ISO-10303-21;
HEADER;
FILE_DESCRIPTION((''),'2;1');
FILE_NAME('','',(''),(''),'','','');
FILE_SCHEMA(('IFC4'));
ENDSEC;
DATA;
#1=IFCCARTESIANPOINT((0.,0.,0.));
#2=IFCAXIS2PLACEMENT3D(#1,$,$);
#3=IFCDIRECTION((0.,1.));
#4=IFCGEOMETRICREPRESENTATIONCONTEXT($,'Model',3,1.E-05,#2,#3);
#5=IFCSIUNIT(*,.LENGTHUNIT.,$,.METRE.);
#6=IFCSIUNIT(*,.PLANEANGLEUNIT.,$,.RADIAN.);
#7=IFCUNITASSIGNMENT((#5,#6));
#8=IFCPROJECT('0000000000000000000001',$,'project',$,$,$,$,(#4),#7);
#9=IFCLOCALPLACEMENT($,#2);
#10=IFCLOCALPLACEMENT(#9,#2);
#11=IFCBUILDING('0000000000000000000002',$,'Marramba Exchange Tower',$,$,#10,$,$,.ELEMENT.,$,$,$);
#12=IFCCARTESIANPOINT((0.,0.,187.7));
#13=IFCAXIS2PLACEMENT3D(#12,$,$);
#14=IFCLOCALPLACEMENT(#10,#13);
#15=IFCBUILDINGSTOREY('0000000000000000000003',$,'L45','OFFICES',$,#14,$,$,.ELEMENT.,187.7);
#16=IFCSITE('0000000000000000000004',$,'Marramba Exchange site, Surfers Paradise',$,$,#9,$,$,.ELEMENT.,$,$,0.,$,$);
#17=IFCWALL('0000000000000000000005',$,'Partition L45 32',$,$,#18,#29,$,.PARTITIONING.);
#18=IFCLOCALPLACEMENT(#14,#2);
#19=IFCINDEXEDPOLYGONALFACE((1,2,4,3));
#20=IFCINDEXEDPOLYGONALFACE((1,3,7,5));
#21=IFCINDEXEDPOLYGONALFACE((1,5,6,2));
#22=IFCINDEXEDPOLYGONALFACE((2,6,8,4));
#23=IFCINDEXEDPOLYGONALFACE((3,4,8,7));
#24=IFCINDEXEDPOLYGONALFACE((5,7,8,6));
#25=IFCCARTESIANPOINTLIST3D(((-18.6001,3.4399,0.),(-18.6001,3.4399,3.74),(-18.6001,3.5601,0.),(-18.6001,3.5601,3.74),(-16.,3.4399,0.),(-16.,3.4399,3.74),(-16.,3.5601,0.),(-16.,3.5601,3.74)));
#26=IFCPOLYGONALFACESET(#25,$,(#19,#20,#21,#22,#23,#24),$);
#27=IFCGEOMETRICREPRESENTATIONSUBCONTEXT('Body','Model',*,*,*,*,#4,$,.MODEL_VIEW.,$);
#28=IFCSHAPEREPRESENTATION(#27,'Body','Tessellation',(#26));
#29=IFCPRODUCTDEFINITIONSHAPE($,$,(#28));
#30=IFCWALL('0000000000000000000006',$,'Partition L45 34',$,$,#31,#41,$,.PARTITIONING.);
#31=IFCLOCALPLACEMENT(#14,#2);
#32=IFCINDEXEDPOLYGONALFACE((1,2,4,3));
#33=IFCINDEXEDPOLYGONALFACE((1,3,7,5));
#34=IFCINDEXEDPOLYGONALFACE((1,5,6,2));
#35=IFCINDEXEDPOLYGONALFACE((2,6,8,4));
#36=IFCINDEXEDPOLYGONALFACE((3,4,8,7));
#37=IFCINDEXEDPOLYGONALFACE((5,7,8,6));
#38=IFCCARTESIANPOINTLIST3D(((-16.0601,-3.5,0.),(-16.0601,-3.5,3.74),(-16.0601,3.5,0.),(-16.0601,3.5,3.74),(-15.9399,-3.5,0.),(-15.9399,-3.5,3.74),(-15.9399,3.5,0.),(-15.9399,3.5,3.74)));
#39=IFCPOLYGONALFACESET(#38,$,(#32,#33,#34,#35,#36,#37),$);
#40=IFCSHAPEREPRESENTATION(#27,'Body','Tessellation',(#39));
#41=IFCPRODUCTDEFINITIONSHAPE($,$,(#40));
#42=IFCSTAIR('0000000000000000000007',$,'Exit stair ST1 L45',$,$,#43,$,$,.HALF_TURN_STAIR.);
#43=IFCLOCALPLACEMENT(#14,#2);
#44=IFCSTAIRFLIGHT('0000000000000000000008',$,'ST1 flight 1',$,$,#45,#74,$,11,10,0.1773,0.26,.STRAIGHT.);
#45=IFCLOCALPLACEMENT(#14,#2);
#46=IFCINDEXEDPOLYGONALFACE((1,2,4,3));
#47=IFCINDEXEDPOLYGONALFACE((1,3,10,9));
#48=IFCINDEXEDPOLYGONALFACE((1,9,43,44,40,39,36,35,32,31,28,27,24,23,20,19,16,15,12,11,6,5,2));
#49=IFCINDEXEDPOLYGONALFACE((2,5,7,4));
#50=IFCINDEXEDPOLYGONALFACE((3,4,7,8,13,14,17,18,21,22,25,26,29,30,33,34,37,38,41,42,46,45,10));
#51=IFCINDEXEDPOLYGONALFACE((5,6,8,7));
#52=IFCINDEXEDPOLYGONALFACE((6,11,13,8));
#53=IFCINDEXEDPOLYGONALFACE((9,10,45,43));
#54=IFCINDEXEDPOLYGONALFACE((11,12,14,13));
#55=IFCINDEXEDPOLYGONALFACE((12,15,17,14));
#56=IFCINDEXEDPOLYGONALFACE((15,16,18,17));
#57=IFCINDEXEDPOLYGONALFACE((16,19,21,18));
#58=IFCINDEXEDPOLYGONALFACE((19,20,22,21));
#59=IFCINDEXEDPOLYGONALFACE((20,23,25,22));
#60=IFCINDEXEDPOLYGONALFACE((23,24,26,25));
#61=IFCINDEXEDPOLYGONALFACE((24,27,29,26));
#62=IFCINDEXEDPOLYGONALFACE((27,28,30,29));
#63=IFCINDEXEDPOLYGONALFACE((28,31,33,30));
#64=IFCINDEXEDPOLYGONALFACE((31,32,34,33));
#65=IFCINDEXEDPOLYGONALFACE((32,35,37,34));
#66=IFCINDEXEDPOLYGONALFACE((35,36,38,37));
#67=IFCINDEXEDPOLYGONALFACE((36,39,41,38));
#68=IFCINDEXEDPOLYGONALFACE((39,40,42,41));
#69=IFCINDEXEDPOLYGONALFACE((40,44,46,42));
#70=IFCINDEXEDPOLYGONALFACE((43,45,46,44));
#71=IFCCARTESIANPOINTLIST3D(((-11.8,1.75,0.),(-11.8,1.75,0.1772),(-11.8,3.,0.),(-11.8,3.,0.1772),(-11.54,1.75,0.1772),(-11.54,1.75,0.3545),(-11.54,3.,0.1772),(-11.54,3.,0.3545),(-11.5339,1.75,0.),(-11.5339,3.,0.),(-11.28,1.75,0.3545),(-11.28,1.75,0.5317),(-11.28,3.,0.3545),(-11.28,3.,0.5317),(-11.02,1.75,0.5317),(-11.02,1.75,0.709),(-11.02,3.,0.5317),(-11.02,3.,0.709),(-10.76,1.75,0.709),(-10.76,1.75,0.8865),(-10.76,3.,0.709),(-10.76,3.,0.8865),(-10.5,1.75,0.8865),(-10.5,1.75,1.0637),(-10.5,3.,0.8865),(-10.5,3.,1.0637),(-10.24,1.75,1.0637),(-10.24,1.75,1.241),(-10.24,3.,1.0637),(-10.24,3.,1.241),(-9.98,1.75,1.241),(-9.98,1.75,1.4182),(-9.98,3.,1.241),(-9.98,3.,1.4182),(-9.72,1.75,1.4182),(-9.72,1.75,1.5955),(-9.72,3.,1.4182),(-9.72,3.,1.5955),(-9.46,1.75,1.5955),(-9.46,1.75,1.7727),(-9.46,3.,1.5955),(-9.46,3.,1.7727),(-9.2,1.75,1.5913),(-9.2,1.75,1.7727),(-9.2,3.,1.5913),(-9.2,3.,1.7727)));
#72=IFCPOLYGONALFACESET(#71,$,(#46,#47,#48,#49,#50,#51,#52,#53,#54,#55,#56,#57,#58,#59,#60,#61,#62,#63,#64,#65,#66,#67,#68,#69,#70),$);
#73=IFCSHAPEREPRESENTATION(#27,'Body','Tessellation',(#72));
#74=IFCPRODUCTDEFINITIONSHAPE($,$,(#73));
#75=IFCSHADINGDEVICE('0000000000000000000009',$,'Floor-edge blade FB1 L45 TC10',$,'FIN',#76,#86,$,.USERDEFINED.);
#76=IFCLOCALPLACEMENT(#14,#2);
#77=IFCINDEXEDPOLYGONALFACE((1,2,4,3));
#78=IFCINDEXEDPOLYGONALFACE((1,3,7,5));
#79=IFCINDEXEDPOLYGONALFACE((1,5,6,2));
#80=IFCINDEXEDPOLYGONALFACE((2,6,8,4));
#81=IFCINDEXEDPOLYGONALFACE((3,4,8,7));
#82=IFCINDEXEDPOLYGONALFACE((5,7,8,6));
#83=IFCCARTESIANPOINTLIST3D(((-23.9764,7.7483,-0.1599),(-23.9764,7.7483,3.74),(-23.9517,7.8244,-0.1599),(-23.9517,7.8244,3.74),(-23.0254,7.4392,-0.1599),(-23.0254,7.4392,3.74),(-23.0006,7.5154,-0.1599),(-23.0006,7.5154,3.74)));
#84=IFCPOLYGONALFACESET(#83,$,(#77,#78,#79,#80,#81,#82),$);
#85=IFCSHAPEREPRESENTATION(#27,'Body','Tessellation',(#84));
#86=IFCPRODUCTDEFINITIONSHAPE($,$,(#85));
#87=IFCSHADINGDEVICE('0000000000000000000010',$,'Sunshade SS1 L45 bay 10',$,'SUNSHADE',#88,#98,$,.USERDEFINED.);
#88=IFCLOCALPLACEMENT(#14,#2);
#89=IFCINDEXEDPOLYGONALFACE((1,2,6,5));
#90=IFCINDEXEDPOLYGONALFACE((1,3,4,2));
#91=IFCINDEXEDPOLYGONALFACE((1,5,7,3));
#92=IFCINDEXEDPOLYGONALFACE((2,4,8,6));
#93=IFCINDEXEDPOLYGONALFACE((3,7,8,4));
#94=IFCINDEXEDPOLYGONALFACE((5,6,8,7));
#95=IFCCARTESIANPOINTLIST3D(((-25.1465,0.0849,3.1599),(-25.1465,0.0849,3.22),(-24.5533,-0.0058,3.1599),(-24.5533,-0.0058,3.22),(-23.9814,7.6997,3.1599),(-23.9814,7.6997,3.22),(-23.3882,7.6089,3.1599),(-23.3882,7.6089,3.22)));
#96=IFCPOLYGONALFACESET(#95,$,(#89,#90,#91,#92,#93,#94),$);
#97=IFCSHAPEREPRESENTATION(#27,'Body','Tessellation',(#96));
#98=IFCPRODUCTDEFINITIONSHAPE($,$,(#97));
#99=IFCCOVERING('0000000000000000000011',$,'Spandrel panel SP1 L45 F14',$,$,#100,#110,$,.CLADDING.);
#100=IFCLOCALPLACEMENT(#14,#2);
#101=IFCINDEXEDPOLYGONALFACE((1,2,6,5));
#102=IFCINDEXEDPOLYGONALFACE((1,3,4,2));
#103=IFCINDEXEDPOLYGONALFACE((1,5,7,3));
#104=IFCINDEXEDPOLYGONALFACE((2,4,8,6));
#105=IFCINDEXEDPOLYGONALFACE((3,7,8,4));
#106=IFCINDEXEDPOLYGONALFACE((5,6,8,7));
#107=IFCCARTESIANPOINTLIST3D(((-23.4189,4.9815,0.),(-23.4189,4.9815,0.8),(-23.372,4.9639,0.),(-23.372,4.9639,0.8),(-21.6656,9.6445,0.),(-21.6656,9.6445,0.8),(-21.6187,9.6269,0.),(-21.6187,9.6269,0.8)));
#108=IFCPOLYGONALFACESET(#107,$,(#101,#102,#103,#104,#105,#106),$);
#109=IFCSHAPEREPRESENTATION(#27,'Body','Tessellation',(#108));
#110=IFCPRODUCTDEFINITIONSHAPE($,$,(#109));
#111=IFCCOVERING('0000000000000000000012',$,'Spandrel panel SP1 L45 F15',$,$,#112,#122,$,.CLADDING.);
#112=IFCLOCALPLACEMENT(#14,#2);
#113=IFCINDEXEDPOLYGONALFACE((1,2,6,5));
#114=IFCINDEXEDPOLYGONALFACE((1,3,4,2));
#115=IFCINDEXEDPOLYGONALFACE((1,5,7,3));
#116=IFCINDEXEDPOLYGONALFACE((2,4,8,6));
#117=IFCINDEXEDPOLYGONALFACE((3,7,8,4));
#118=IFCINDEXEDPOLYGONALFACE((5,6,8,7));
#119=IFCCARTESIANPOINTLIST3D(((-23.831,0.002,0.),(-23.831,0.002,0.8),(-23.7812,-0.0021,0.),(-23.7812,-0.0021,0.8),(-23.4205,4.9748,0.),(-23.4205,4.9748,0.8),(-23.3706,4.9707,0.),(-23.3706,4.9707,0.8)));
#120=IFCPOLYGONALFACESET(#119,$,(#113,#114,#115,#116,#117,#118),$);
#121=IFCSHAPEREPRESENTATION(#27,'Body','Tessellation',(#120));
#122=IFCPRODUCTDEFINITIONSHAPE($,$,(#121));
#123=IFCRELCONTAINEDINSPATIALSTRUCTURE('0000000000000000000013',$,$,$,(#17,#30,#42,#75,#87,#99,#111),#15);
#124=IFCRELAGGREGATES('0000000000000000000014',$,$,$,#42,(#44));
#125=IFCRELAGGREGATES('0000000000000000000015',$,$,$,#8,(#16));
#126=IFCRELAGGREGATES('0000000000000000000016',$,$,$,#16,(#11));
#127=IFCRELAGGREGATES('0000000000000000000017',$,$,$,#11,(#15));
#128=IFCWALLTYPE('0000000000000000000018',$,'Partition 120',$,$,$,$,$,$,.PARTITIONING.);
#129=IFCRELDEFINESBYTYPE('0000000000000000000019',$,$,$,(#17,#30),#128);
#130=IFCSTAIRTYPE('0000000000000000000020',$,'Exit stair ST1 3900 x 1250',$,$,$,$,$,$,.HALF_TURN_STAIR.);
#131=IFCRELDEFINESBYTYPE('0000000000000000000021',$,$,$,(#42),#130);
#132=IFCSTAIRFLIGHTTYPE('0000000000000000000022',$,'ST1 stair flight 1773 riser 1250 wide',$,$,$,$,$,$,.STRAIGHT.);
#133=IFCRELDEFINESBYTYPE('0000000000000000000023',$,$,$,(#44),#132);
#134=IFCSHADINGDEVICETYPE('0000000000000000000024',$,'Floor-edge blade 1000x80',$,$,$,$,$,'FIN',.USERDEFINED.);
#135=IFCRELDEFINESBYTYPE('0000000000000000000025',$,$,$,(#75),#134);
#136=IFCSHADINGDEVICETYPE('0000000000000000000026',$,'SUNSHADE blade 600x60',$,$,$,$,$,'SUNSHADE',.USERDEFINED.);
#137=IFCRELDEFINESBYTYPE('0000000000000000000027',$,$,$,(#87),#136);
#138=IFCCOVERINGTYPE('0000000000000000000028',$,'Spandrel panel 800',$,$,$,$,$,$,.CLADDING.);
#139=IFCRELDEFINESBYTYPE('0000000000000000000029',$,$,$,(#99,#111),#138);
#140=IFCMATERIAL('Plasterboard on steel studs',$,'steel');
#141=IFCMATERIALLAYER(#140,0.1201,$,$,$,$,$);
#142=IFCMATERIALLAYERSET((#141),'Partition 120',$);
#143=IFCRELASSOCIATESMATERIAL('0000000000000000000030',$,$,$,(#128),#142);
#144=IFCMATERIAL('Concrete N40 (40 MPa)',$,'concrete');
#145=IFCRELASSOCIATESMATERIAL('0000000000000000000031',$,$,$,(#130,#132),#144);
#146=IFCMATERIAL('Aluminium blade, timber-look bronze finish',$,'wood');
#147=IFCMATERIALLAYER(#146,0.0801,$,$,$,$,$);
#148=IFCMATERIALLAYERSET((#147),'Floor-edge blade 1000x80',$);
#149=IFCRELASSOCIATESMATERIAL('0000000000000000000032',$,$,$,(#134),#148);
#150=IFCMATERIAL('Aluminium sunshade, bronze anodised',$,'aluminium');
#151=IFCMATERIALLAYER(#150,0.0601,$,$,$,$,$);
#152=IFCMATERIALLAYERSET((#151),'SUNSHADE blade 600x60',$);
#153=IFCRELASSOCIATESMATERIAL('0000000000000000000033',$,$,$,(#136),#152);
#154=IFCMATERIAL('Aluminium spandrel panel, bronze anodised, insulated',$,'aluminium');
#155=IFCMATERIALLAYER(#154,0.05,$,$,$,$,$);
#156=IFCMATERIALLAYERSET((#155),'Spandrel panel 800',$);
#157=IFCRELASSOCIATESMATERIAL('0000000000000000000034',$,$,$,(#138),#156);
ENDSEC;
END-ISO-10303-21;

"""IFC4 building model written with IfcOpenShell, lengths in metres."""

from ifc_helpers import new_model, si_unit, direction, frame, frame_2d, origin, origin_2d, place, context, subcontext, project, spatial, polyline, rectangle, outline, extrude, material, layer, layer_set, type_object, element, aggregate, save


model = new_model("IFC4")

# Units and contexts
model_context = context("Model", 3, precision=1e-05, world=origin(), true_north=direction((0.0, 1.0)))
body_context = subcontext(model_context, "Body", "Model", "MODEL_VIEW")
ifc_project = project(units=[si_unit("LENGTHUNIT", "METRE"), si_unit("PLANEANGLEUNIT", "RADIAN")], contexts=[model_context])

# Site, building, storey
site_placement = place(None, origin())
site = spatial("IfcSite", under=ifc_project, at=site_placement, Name="Marramba Exchange site, Surfers Paradise", CompositionType="ELEMENT", RefElevation=0.0)
building_placement = place(site_placement, origin())
building = spatial("IfcBuilding", under=site, at=building_placement, Name="Marramba Exchange Tower", CompositionType="ELEMENT")
storey_placement = place(building_placement, frame((0.0, 0.0, 187.7)))
storey = spatial("IfcBuildingStorey", under=building, at=storey_placement, Name="L45", Description="OFFICES", CompositionType="ELEMENT", Elevation=187.7)

# Walls
ifc_material_1 = material(Name="Plasterboard on steel studs", Category="steel")
ifc_layer_1 = layer(ifc_material_1, 0.1201)
ifc_layer_set_1 = layer_set([ifc_layer_1], Name="Partition 120")
wall_type_1 = type_object("IfcWallType", Name="Partition 120", PredefinedType="PARTITIONING", material=ifc_layer_set_1)
wall_1_placement = place(storey_placement, frame((-18.6001, 3.5, 0.0), z_axis=(0.0, 0.0, 1.0), x_axis=(1.0, 0.0, 0.0)))
element("IfcWall", 1, at=wall_1_placement, inside=storey, type_object=wall_type_1, Name="Partition L45 32", PredefinedType="PARTITIONING", context=body_context, shape_type="SweptSolid", body=[
    extrude(rectangle(XDim=2.6001, YDim=0.1201, at=frame_2d((1.3, 0.0))), origin(), (0.0, 0.0, 1.0), 3.74),
])
wall_2_placement = place(storey_placement, frame((-16.0, 3.5, 0.0), z_axis=(0.0, 0.0, 1.0), x_axis=(0.0, -1.0, 0.0)))
element("IfcWall", 2, at=wall_2_placement, inside=storey, type_object=wall_type_1, Name="Partition L45 34", PredefinedType="PARTITIONING", context=body_context, shape_type="SweptSolid", body=[
    extrude(rectangle(XDim=7.0, YDim=0.1201, at=frame_2d((3.5, 0.0))), origin(), (0.0, 0.0, 1.0), 3.74),
])

# Stair, stair flight
ifc_material_2 = material(Name="Concrete N40 (40 MPa)", Category="concrete")
stair_type = type_object("IfcStairType", Name="Exit stair ST1 3900 x 1250", PredefinedType="HALF_TURN_STAIR", material=ifc_material_2)
stair_placement = place(storey_placement, origin())
stair = element("IfcStair", 3, at=stair_placement, inside=storey, type_object=stair_type, Name="Exit stair ST1 L45", PredefinedType="HALF_TURN_STAIR")
stair_flight_type = type_object("IfcStairFlightType", Name="ST1 stair flight 1773 riser 1250 wide", PredefinedType="STRAIGHT", material=ifc_material_2)
stair_flight_placement = place(storey_placement, frame((-11.8, 2.375, 0.0), z_axis=(0.0, 0.0, 1.0), x_axis=(1.0, 0.0, 0.0)))
stair_flight = element("IfcStairFlight", 4, at=stair_flight_placement, type_object=stair_flight_type, Name="ST1 flight 1", NumberOfRisers=11, NumberOfTreads=10, PredefinedType="STRAIGHT", RiserHeight=0.1773, TreadLength=0.26, context=body_context, shape_type="SweptSolid", body=[
    extrude(outline(polyline([(0.0, 0.0), (0.0, 0.1772), (0.26, 0.1772), (0.26, 0.3545), (0.52, 0.3545), (0.52, 0.5317), (0.78, 0.5317), (0.78, 0.709), (1.04, 0.709), (1.04, 0.8865), (1.3, 0.8865), (1.3, 1.0637), (1.5601, 1.0637), (1.5601, 1.241), (1.8201, 1.241), (1.8201, 1.4182), (2.0801, 1.4182), (2.0801, 1.5955), (2.3401, 1.5955), (2.3401, 1.7727), (2.6001, 1.7727), (2.6001, 1.95), (2.6001, 1.5913), (0.2661, 0.0), (0.0, 0.0)])), frame((0.0, 0.625, 0.0), z_axis=(0.0, -1.0, 0.0), x_axis=(1.0, 0.0, 0.0)), (0.0, 0.0, 1.0), 1.25),
])
aggregate(stair, [stair_flight])

# Shading devices
ifc_material_3 = material(Name="Aluminium blade, timber-look bronze finish", Category="wood")
ifc_layer_2 = layer(ifc_material_3, 0.0801)
ifc_layer_set_2 = layer_set([ifc_layer_2], Name="Floor-edge blade 1000x80")
shading_device_type_1 = type_object("IfcShadingDeviceType", Name="Floor-edge blade 1000x80", ElementType="FIN", PredefinedType="USERDEFINED", material=ifc_layer_set_2)
shading_device_1_placement = place(storey_placement, frame((-23.4885, 7.6318, -0.1599), z_axis=(0.0, 0.0, 1.0), x_axis=(-0.951057, 0.309017, 0.0)))
element("IfcShadingDevice", 5, at=shading_device_1_placement, inside=storey, type_object=shading_device_type_1, Name="Floor-edge blade FB1 L45 TC10", ObjectType="FIN", PredefinedType="USERDEFINED", context=body_context, shape_type="SweptSolid", body=[
    extrude(rectangle(XDim=1.0, YDim=0.0801, at=origin_2d()), origin(), (0.0, 0.0, 1.0), 3.8999),
])
ifc_material_4 = material(Name="Aluminium sunshade, bronze anodised", Category="aluminium")
ifc_layer_3 = layer(ifc_material_4, 0.0601)
ifc_layer_set_3 = layer_set([ifc_layer_3], Name="SUNSHADE blade 600x60")
shading_device_type_2 = type_object("IfcShadingDeviceType", Name="SUNSHADE blade 600x60", ElementType="SUNSHADE", PredefinedType="USERDEFINED", material=ifc_layer_set_3)
shading_device_2_placement = place(storey_placement, frame((-24.2673, 3.8469, 3.1599), z_axis=(0.0, 0.0, 1.0), x_axis=(-0.151241, -0.988497, 0.0)))
element("IfcShadingDevice", 6, at=shading_device_2_placement, inside=storey, type_object=shading_device_type_2, Name="Sunshade SS1 L45 bay 10", ObjectType="SUNSHADE", PredefinedType="USERDEFINED", context=body_context, shape_type="SweptSolid", body=[
    extrude(rectangle(XDim=7.7034, YDim=0.6001, at=origin_2d()), origin(), (0.0, 0.0, 1.0), 0.0601),
])

# Coverings
ifc_material_5 = material(Name="Aluminium spandrel panel, bronze anodised, insulated", Category="aluminium")
ifc_layer_4 = layer(ifc_material_5, 0.05)
ifc_layer_set_4 = layer_set([ifc_layer_4], Name="Spandrel panel 800")
covering_type = type_object("IfcCoveringType", Name="Spandrel panel 800", PredefinedType="CLADDING", material=ifc_layer_set_4)
covering_1_placement = place(storey_placement, frame((-22.5188, 7.3042, 0.0), z_axis=(0.0, 0.0, 1.0), x_axis=(-0.351952, -0.936018, 0.0)))
element("IfcCovering", 7, at=covering_1_placement, inside=storey, type_object=covering_type, Name="Spandrel panel SP1 L45 F14", PredefinedType="CLADDING", context=body_context, shape_type="SweptSolid", body=[
    extrude(rectangle(XDim=4.9817, YDim=0.05, at=origin_2d()), origin(), (0.0, 0.0, 1.0), 0.8),
])
covering_2_placement = place(storey_placement, frame((-23.6008, 2.4863, 0.0), z_axis=(0.0, 0.0, 1.0), x_axis=(-0.082281, -0.996609, 0.0)))
element("IfcCovering", 8, at=covering_2_placement, inside=storey, type_object=covering_type, Name="Spandrel panel SP1 L45 F15", PredefinedType="CLADDING", context=body_context, shape_type="SweptSolid", body=[
    extrude(rectangle(XDim=4.9897, YDim=0.05, at=origin_2d()), origin(), (0.0, 0.0, 1.0), 0.8),
])

save(model, "model.ifc")
